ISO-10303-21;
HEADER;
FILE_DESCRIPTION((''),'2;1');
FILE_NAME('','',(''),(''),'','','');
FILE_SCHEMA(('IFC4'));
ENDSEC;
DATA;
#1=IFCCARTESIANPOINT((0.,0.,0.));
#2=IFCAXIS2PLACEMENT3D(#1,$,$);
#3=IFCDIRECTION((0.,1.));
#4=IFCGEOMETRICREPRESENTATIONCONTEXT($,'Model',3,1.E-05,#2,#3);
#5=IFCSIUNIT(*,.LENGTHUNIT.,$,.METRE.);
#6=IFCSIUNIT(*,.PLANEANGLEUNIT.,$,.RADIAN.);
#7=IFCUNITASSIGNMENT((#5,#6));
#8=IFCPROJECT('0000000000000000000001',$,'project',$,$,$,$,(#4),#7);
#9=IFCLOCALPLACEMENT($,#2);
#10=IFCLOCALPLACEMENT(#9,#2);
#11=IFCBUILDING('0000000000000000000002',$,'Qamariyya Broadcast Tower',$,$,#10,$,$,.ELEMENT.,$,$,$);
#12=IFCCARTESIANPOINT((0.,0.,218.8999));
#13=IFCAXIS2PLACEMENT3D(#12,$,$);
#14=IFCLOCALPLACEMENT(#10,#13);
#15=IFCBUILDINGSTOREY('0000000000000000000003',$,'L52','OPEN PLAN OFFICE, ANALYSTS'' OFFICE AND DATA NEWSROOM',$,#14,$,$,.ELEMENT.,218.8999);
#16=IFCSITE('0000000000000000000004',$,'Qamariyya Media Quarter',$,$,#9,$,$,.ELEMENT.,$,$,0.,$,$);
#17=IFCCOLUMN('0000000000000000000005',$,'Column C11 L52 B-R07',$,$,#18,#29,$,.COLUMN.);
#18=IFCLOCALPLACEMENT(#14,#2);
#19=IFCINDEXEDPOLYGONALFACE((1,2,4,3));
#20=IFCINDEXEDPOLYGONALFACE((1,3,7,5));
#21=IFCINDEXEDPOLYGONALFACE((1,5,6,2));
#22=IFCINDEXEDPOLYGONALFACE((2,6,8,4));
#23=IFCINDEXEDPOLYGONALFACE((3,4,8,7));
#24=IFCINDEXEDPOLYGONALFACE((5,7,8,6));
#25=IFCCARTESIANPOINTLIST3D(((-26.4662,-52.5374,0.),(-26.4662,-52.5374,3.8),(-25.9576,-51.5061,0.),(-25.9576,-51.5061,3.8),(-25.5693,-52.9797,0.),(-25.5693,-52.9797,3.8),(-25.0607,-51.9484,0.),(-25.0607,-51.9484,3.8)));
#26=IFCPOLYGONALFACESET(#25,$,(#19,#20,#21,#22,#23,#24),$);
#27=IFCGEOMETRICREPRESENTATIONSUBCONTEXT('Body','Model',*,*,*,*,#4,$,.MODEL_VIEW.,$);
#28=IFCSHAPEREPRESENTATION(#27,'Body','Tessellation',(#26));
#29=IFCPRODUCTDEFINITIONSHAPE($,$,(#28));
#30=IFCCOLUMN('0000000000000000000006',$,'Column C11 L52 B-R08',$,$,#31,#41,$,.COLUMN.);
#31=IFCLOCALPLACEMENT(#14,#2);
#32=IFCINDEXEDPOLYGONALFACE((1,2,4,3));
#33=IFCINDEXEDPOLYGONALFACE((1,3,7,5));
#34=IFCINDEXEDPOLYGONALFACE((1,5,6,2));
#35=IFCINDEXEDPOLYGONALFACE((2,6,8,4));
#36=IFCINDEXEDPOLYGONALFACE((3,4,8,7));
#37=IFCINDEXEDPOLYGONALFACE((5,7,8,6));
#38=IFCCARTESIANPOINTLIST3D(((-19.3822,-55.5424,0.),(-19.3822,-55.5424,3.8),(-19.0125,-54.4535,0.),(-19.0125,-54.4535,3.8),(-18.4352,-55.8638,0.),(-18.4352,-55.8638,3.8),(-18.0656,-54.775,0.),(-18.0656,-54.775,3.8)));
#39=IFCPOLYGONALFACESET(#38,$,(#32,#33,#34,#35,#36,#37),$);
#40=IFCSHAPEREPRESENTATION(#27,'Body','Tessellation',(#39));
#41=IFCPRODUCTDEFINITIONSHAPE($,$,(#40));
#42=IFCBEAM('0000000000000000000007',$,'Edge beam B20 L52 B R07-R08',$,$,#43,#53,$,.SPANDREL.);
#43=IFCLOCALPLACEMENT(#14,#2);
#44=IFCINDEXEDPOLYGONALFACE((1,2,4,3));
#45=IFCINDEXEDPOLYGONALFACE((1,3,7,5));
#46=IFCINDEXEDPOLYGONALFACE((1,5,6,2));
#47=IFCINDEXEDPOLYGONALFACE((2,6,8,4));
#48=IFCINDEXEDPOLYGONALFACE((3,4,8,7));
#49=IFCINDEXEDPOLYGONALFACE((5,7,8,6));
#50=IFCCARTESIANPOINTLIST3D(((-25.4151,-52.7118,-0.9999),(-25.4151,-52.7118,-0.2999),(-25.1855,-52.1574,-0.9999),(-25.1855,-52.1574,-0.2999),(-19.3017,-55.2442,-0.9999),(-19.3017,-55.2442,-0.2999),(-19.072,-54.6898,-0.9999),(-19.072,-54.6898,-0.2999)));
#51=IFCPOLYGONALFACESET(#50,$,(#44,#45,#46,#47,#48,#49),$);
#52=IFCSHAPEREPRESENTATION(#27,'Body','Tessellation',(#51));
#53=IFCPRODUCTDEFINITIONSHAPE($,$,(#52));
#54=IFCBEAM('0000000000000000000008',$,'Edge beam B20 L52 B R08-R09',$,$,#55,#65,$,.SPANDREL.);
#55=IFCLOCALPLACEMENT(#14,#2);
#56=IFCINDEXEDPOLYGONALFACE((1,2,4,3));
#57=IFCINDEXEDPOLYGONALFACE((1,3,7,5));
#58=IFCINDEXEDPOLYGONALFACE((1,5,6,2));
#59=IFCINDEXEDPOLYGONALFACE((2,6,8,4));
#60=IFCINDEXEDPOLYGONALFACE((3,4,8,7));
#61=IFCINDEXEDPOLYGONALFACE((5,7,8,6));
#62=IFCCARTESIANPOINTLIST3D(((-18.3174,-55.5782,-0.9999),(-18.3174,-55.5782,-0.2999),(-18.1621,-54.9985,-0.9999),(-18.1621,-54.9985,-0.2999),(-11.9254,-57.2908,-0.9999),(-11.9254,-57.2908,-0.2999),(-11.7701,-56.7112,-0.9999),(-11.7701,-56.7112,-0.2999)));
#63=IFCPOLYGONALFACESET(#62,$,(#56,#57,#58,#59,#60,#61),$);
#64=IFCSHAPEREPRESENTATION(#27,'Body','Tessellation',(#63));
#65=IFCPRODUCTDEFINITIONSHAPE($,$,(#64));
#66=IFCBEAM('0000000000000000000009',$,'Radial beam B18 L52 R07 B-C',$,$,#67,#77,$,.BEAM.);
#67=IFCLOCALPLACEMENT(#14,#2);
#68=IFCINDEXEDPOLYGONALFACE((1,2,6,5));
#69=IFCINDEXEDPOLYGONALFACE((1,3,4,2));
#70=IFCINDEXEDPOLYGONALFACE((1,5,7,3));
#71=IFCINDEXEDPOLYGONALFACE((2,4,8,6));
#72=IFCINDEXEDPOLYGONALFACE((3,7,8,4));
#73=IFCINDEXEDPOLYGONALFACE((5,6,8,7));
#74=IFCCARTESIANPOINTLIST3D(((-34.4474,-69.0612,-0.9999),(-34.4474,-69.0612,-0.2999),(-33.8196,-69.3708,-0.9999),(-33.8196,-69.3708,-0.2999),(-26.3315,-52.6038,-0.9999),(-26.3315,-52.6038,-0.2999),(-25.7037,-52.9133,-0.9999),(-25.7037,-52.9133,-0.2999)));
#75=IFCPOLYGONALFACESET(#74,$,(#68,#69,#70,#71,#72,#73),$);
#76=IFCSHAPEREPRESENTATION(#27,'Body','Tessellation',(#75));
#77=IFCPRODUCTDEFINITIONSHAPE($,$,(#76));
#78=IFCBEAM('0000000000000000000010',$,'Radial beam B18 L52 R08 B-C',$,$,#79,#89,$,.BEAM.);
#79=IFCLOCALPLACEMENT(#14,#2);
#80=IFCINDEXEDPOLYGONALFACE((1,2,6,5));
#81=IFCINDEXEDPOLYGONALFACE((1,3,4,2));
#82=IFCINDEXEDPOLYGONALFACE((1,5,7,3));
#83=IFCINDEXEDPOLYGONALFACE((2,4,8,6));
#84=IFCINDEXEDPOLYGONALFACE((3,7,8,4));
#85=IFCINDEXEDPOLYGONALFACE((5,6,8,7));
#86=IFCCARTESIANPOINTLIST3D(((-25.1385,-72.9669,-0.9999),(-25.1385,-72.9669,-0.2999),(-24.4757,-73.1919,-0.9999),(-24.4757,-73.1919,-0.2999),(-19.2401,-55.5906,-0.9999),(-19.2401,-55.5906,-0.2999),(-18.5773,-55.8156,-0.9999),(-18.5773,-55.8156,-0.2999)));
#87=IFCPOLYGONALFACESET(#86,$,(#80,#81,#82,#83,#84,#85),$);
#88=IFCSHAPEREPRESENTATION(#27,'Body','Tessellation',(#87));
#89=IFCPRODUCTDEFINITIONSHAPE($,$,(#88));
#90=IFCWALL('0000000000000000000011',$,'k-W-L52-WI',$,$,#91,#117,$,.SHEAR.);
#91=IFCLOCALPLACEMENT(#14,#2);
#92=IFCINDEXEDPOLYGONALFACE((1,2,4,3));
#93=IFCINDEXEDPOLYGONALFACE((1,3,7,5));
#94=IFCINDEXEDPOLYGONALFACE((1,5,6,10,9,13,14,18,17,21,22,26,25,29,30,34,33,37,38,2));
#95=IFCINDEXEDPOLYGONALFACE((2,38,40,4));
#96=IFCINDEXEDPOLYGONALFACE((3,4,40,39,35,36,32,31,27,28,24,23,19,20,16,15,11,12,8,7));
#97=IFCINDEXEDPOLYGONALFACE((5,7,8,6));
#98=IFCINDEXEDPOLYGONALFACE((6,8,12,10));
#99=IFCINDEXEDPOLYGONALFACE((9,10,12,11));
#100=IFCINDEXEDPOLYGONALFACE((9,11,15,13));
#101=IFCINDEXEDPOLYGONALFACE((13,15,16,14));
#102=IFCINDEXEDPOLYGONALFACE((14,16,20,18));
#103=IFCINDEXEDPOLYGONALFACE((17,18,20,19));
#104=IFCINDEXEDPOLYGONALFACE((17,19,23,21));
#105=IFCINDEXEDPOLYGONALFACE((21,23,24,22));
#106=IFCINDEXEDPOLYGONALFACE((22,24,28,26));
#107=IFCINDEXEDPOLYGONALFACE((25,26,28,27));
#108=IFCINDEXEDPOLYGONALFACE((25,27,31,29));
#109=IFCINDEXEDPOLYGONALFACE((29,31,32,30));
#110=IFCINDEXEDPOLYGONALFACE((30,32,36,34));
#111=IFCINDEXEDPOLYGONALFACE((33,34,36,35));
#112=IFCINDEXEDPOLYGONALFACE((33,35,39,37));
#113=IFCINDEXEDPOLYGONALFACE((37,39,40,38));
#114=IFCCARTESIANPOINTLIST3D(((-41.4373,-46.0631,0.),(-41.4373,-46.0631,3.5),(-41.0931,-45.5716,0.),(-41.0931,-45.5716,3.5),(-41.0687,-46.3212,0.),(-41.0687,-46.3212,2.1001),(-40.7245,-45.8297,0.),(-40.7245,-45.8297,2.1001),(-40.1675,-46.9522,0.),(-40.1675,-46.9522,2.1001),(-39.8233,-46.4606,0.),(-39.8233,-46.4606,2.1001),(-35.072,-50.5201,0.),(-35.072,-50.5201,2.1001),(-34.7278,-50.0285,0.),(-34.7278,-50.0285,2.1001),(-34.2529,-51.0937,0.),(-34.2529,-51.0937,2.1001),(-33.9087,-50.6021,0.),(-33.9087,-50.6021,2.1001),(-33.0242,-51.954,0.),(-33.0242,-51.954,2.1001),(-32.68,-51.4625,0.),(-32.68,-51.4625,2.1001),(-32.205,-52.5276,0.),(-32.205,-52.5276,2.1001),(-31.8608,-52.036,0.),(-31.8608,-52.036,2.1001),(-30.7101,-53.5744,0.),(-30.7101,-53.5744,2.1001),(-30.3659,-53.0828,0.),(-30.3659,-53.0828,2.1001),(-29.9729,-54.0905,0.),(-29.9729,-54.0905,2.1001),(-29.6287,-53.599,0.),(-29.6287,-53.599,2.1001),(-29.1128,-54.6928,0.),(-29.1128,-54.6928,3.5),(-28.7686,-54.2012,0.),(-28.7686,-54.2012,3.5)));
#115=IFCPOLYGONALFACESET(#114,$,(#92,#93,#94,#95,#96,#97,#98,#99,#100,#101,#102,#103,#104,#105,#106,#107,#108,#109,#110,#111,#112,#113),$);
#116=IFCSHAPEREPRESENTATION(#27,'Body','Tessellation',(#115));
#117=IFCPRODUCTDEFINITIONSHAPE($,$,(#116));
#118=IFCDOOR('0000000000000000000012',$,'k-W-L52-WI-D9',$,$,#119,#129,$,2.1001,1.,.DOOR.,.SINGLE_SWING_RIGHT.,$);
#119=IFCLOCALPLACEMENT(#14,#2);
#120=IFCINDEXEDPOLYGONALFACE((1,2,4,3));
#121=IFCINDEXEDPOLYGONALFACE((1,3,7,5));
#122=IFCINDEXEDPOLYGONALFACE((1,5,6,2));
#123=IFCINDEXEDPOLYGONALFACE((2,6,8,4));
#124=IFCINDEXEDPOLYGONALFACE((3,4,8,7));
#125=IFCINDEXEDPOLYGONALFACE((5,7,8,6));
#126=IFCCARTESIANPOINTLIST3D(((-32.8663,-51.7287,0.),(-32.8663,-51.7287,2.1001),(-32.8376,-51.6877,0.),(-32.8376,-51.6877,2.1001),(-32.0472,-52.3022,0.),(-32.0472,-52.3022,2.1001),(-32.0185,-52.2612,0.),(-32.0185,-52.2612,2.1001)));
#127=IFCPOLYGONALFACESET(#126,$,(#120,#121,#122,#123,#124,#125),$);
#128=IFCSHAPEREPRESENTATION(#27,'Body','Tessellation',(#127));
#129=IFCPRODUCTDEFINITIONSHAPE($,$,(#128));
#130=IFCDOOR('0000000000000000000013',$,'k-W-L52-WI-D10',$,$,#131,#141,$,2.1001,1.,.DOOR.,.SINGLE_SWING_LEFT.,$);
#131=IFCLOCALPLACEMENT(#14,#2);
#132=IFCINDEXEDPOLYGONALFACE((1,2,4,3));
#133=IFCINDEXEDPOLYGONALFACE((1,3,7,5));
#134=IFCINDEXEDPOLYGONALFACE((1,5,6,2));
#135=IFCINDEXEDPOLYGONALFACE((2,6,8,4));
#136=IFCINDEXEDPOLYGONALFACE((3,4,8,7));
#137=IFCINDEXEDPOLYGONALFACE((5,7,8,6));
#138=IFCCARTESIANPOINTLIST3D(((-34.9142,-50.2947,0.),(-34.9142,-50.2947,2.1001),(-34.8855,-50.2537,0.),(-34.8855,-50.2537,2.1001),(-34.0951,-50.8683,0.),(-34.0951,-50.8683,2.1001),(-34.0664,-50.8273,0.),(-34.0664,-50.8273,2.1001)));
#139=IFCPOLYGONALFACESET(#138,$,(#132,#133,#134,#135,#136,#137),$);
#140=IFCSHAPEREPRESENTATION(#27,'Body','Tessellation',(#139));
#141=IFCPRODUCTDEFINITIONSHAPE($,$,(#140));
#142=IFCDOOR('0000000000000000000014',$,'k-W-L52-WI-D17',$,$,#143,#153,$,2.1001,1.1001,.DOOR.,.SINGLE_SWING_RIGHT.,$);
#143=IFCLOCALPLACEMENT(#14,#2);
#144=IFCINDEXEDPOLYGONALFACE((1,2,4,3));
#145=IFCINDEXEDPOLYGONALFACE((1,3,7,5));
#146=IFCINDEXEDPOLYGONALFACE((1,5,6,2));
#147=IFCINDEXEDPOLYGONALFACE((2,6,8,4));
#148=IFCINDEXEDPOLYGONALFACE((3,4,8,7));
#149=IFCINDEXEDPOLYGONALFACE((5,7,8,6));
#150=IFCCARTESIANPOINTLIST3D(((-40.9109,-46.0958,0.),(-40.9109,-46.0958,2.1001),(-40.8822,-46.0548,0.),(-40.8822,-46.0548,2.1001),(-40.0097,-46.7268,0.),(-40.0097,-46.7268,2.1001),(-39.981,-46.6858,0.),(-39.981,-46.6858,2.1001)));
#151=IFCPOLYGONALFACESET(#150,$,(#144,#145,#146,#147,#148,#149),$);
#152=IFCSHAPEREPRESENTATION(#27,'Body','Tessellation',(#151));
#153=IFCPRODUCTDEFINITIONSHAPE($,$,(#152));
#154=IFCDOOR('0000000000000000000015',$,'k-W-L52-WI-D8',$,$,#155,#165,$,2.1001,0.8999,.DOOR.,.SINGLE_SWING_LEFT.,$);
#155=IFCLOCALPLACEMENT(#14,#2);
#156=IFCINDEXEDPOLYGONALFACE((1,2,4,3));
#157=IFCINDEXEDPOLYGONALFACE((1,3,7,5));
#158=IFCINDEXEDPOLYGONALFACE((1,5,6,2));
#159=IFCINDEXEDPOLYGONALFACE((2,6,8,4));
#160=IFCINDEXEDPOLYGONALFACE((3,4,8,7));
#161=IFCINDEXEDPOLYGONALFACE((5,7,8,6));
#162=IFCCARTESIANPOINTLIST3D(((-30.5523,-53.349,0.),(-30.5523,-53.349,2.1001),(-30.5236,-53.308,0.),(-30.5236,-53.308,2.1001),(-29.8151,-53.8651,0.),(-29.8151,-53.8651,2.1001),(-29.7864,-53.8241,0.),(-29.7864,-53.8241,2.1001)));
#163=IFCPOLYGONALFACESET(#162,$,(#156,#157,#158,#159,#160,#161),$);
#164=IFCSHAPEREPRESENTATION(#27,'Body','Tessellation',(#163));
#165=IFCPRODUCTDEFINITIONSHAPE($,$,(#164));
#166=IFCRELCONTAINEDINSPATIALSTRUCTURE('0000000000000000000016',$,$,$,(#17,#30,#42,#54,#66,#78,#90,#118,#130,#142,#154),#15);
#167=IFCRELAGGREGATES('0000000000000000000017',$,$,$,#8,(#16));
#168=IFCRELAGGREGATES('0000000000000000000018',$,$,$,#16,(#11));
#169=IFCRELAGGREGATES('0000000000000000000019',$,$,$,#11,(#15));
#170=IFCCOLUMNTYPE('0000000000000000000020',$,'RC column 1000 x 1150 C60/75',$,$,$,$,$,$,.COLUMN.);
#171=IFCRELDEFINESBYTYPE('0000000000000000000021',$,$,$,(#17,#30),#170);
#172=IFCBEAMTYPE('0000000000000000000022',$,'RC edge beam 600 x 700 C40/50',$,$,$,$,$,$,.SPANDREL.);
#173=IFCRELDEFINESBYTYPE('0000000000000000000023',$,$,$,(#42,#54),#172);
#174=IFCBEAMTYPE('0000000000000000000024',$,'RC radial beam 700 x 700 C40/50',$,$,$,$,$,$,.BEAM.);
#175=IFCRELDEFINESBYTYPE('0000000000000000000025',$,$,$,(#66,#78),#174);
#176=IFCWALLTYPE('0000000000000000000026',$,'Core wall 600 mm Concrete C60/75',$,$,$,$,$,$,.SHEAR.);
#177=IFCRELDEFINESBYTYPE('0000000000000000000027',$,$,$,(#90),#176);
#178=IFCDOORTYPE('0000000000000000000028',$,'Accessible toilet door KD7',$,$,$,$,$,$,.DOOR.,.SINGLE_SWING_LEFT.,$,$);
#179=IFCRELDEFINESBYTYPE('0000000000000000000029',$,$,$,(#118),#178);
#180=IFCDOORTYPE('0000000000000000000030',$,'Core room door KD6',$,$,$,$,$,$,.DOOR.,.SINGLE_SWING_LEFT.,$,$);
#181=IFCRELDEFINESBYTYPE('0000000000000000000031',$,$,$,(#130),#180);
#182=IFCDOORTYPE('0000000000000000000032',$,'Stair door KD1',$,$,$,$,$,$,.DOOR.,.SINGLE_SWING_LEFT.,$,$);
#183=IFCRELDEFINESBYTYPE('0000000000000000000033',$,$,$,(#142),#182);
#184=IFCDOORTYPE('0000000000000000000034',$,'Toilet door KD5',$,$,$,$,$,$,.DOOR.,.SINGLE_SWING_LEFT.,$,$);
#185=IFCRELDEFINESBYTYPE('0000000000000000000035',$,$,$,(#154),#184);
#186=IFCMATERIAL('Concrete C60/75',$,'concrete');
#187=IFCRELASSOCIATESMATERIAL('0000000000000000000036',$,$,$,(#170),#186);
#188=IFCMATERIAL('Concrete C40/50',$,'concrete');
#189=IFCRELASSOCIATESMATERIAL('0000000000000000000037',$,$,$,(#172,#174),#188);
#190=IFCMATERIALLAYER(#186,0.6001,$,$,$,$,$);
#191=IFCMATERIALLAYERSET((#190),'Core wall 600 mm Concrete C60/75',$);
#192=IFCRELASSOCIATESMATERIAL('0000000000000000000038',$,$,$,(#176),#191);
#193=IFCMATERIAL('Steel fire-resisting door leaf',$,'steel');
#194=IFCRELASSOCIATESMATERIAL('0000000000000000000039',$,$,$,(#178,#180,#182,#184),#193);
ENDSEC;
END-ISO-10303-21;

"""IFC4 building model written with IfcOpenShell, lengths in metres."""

from ifc_helpers import new_model, si_unit, direction, frame, frame_2d, origin, origin_2d, place, context, subcontext, project, spatial, rectangle, extrude, material, layer, layer_set, material_profile, profile_set, type_object, element, fill, save


model = new_model("IFC4")

# Units and contexts
model_context = context("Model", 3, precision=1e-05, world=origin(), true_north=direction((0.0, 1.0)))
body_context = subcontext(model_context, "Body", "Model", "MODEL_VIEW")
ifc_project = project(units=[si_unit("LENGTHUNIT", "METRE"), si_unit("PLANEANGLEUNIT", "RADIAN")], contexts=[model_context])

# Site, building, storey
site_placement = place(None, origin())
site = spatial("IfcSite", under=ifc_project, at=site_placement, Name="Qamariyya Media Quarter", CompositionType="ELEMENT", RefElevation=0.0)
building_placement = place(site_placement, origin())
building = spatial("IfcBuilding", under=site, at=building_placement, Name="Qamariyya Broadcast Tower", CompositionType="ELEMENT")
storey_placement = place(building_placement, frame((0.0, 0.0, 218.8999)))
storey = spatial("IfcBuildingStorey", under=building, at=storey_placement, Name="L52", Description="OPEN PLAN OFFICE, ANALYSTS' OFFICE AND DATA NEWSROOM", CompositionType="ELEMENT", Elevation=218.8999)

# Columns
ifc_material_1 = material(Name="Concrete C60/75", Category="concrete")
ifc_material_profile_1 = material_profile(ifc_material_1, rectangle(XDim=1.0, YDim=1.1499, at=origin_2d()))
ifc_profile_set_1 = profile_set([ifc_material_profile_1], Name="Concrete C60/75")
column_type = type_object("IfcColumnType", Name="RC column 1000 x 1150 C60/75", PredefinedType="COLUMN", material=ifc_profile_set_1)
for number, where, z_axis, x_axis, name in (
    (1, (-25.7634, -52.2429, 0.0), (0.0, 0.0, 1.0), (0.896873, -0.442289, 0.0), "Column C11 L52 B-R07"),
    (2, (-18.7239, -55.1587, 0.0), (0.0, 0.0, 1.0), (0.94693, -0.321439, 0.0), "Column C11 L52 B-R08"),
):
    element("IfcColumn", number, at=place(storey_placement, frame(where, z_axis=z_axis, x_axis=x_axis)), inside=storey, type_object=column_type, Name=name, PredefinedType="COLUMN", context=body_context, shape_type="SweptSolid", body=[
        extrude(rectangle(XDim=1.0, YDim=1.1499, at=origin_2d()), origin(), (0.0, 0.0, 1.0), 3.8),
    ])

# Beams
ifc_material_2 = material(Name="Concrete C40/50", Category="concrete")
ifc_material_profile_2 = material_profile(ifc_material_2, rectangle(XDim=0.6001, YDim=0.7, at=origin_2d()))
ifc_profile_set_2 = profile_set([ifc_material_profile_2], Name="Concrete C40/50")
beam_type_1 = type_object("IfcBeamType", Name="RC edge beam 600 x 700 C40/50", PredefinedType="SPANDREL", material=ifc_profile_set_2)
beam_1_placement = place(storey_placement, frame((-25.3003, -52.4346, -0.6499), z_axis=(0.923871, -0.382705, 0.0), x_axis=(0.382705, 0.923871, 0.0)))
element("IfcBeam", 3, at=beam_1_placement, inside=storey, type_object=beam_type_1, Name="Edge beam B20 L52 B R07-R08", PredefinedType="SPANDREL", context=body_context, shape_type="SweptSolid", body=[
    extrude(rectangle(XDim=0.6001, YDim=0.7, at=origin_2d()), origin(), (0.0, 0.0, 1.0), 6.6172),
])
beam_2_placement = place(storey_placement, frame((-18.2397, -55.2883, -0.6499), z_axis=(0.965927, -0.258813, 0.0), x_axis=(0.258813, 0.965927, 0.0)))
element("IfcBeam", 4, at=beam_2_placement, inside=storey, type_object=beam_type_1, Name="Edge beam B20 L52 B R08-R09", PredefinedType="SPANDREL", context=body_context, shape_type="SweptSolid", body=[
    extrude(rectangle(XDim=0.6001, YDim=0.7, at=origin_2d()), origin(), (0.0, 0.0, 1.0), 6.6174),
])
ifc_material_profile_3 = material_profile(ifc_material_2, rectangle(XDim=0.7, YDim=0.7, at=origin_2d()))
ifc_profile_set_3 = profile_set([ifc_material_profile_3], Name="Concrete C40/50")
beam_type_2 = type_object("IfcBeamType", Name="RC radial beam 700 x 700 C40/50", PredefinedType="BEAM", material=ifc_profile_set_3)
beam_3_placement = place(storey_placement, frame((-26.0176, -52.7585, -0.6499), z_axis=(-0.442289, -0.896872, 0.0), x_axis=(0.896872, -0.442289, 0.0)))
element("IfcBeam", 5, at=beam_3_placement, inside=storey, type_object=beam_type_2, Name="Radial beam B18 L52 R07 B-C", PredefinedType="BEAM", context=body_context, shape_type="SweptSolid", body=[
    extrude(rectangle(XDim=0.7, YDim=0.7, at=origin_2d()), origin(), (0.0, 0.0, 1.0), 18.3499),
])
beam_4_placement = place(storey_placement, frame((-18.9087, -55.7031, -0.6499), z_axis=(-0.32144, -0.94693, 0.0), x_axis=(0.94693, -0.32144, 0.0)))
element("IfcBeam", 6, at=beam_4_placement, inside=storey, type_object=beam_type_2, Name="Radial beam B18 L52 R08 B-C", PredefinedType="BEAM", context=body_context, shape_type="SweptSolid", body=[
    extrude(rectangle(XDim=0.7, YDim=0.7, at=origin_2d()), origin(), (0.0, 0.0, 1.0), 18.3501),
])

# Wall, openings, doors
ifc_layer_1 = layer(ifc_material_1, 0.6001)
ifc_layer_set_1 = layer_set([ifc_layer_1], Name="Core wall 600 mm Concrete C60/75")
wall_type_1 = type_object("IfcWallType", Name="Core wall 600 mm Concrete C60/75", PredefinedType="SHEAR", material=ifc_layer_set_1)
wall_1_placement = place(storey_placement, frame((-28.9407, -54.447, 0.0), z_axis=(0.0, 0.0, 1.0), x_axis=(-0.819153, 0.573575, 0.0)))
wall_1 = element("IfcWall", 7, at=wall_1_placement, inside=storey, type_object=wall_type_1, Name="k-W-L52-WI", PredefinedType="SHEAR", context=body_context, shape_type="SweptSolid", body=[
    extrude(rectangle(XDim=15.0454, YDim=0.6001, at=frame_2d((7.5227, 0.0))), origin(), (0.0, 0.0, 1.0), 3.5),
])
opening_1_placement = place(wall_1_placement, frame((1.05, 0.0, 0.0)))
opening_1 = element("IfcOpeningElement", 8, at=opening_1_placement, cuts=wall_1, PredefinedType="OPENING", context=body_context, shape_type="SweptSolid", body=[
    extrude(rectangle(XDim=0.8999, YDim=2.1001, at=frame_2d((0.45, 1.05))), frame((0.0, 0.3101, 0.0), z_axis=(0.0, -1.0, 0.0), x_axis=(1.0, 0.0, 0.0)), (0.0, 0.0, 1.0), 0.6201),
])
opening_2_placement = place(wall_1_placement, frame((3.7749, 0.0, 0.0)))
opening_2 = element("IfcOpeningElement", 9, at=opening_2_placement, cuts=wall_1, PredefinedType="OPENING", context=body_context, shape_type="SweptSolid", body=[
    extrude(rectangle(XDim=1.0, YDim=2.1001, at=frame_2d((0.5, 1.05))), frame((0.0, 0.3101, 0.0), z_axis=(0.0, -1.0, 0.0), x_axis=(1.0, 0.0, 0.0)), (0.0, 0.0, 1.0), 0.6201),
])
opening_3_placement = place(wall_1_placement, frame((6.2749, 0.0, 0.0)))
opening_3 = element("IfcOpeningElement", 10, at=opening_3_placement, cuts=wall_1, PredefinedType="OPENING", context=body_context, shape_type="SweptSolid", body=[
    extrude(rectangle(XDim=1.0, YDim=2.1001, at=frame_2d((0.5, 1.05))), frame((0.0, 0.3101, 0.0), z_axis=(0.0, -1.0, 0.0), x_axis=(1.0, 0.0, 0.0)), (0.0, 0.0, 1.0), 0.6201),
])
opening_4_placement = place(wall_1_placement, frame((13.4954, 0.0, 0.0)))
opening_4 = element("IfcOpeningElement", 11, at=opening_4_placement, cuts=wall_1, PredefinedType="OPENING", context=body_context, shape_type="SweptSolid", body=[
    extrude(rectangle(XDim=1.1001, YDim=2.1001, at=frame_2d((0.55, 1.05))), frame((0.0, 0.3101, 0.0), z_axis=(0.0, -1.0, 0.0), x_axis=(1.0, 0.0, 0.0)), (0.0, 0.0, 1.0), 0.6201),
])
ifc_material_3 = material(Name="Steel fire-resisting door leaf", Category="steel")
door_type_1 = type_object("IfcDoorType", Name="Accessible toilet door KD7", OperationType="SINGLE_SWING_LEFT", PredefinedType="DOOR", material=ifc_material_3)
door_1_placement = place(opening_2_placement, origin())
door_1 = element("IfcDoor", 12, at=door_1_placement, inside=storey, type_object=door_type_1, Name="k-W-L52-WI-D9", OperationType="SINGLE_SWING_RIGHT", OverallHeight=2.1001, OverallWidth=1.0, PredefinedType="DOOR", context=body_context, shape_type="SweptSolid", body=[
    extrude(rectangle(XDim=1.0, YDim=2.1001, at=frame_2d((0.5, 1.05))), frame((0.0, 0.0249, 0.0), z_axis=(0.0, -1.0, 0.0), x_axis=(1.0, 0.0, 0.0)), (0.0, 0.0, 1.0), 0.05),
])
fill(opening_2, door_1)
door_type_2 = type_object("IfcDoorType", Name="Core room door KD6", OperationType="SINGLE_SWING_LEFT", PredefinedType="DOOR", material=ifc_material_3)
door_2_placement = place(opening_3_placement, origin())
door_2 = element("IfcDoor", 13, at=door_2_placement, inside=storey, type_object=door_type_2, Name="k-W-L52-WI-D10", OperationType="SINGLE_SWING_LEFT", OverallHeight=2.1001, OverallWidth=1.0, PredefinedType="DOOR", context=body_context, shape_type="SweptSolid", body=[
    extrude(rectangle(XDim=1.0, YDim=2.1001, at=frame_2d((0.5, 1.05))), frame((0.0, 0.0249, 0.0), z_axis=(0.0, -1.0, 0.0), x_axis=(1.0, 0.0, 0.0)), (0.0, 0.0, 1.0), 0.05),
])
fill(opening_3, door_2)
door_type_3 = type_object("IfcDoorType", Name="Stair door KD1", OperationType="SINGLE_SWING_LEFT", PredefinedType="DOOR", material=ifc_material_3)
door_3_placement = place(opening_4_placement, origin())
door_3 = element("IfcDoor", 14, at=door_3_placement, inside=storey, type_object=door_type_3, Name="k-W-L52-WI-D17", OperationType="SINGLE_SWING_RIGHT", OverallHeight=2.1001, OverallWidth=1.1001, PredefinedType="DOOR", context=body_context, shape_type="SweptSolid", body=[
    extrude(rectangle(XDim=1.1001, YDim=2.1001, at=frame_2d((0.55, 1.05))), frame((0.0, 0.0249, 0.0), z_axis=(0.0, -1.0, 0.0), x_axis=(1.0, 0.0, 0.0)), (0.0, 0.0, 1.0), 0.05),
])
fill(opening_4, door_3)
door_type_4 = type_object("IfcDoorType", Name="Toilet door KD5", OperationType="SINGLE_SWING_LEFT", PredefinedType="DOOR", material=ifc_material_3)
door_4_placement = place(opening_1_placement, origin())
door_4 = element("IfcDoor", 15, at=door_4_placement, inside=storey, type_object=door_type_4, Name="k-W-L52-WI-D8", OperationType="SINGLE_SWING_LEFT", OverallHeight=2.1001, OverallWidth=0.8999, PredefinedType="DOOR", context=body_context, shape_type="SweptSolid", body=[
    extrude(rectangle(XDim=0.8999, YDim=2.1001, at=frame_2d((0.45, 1.05))), frame((0.0, 0.0249, 0.0), z_axis=(0.0, -1.0, 0.0), x_axis=(1.0, 0.0, 0.0)), (0.0, 0.0, 1.0), 0.05),
])
fill(opening_1, door_4)

save(model, "model.ifc")
